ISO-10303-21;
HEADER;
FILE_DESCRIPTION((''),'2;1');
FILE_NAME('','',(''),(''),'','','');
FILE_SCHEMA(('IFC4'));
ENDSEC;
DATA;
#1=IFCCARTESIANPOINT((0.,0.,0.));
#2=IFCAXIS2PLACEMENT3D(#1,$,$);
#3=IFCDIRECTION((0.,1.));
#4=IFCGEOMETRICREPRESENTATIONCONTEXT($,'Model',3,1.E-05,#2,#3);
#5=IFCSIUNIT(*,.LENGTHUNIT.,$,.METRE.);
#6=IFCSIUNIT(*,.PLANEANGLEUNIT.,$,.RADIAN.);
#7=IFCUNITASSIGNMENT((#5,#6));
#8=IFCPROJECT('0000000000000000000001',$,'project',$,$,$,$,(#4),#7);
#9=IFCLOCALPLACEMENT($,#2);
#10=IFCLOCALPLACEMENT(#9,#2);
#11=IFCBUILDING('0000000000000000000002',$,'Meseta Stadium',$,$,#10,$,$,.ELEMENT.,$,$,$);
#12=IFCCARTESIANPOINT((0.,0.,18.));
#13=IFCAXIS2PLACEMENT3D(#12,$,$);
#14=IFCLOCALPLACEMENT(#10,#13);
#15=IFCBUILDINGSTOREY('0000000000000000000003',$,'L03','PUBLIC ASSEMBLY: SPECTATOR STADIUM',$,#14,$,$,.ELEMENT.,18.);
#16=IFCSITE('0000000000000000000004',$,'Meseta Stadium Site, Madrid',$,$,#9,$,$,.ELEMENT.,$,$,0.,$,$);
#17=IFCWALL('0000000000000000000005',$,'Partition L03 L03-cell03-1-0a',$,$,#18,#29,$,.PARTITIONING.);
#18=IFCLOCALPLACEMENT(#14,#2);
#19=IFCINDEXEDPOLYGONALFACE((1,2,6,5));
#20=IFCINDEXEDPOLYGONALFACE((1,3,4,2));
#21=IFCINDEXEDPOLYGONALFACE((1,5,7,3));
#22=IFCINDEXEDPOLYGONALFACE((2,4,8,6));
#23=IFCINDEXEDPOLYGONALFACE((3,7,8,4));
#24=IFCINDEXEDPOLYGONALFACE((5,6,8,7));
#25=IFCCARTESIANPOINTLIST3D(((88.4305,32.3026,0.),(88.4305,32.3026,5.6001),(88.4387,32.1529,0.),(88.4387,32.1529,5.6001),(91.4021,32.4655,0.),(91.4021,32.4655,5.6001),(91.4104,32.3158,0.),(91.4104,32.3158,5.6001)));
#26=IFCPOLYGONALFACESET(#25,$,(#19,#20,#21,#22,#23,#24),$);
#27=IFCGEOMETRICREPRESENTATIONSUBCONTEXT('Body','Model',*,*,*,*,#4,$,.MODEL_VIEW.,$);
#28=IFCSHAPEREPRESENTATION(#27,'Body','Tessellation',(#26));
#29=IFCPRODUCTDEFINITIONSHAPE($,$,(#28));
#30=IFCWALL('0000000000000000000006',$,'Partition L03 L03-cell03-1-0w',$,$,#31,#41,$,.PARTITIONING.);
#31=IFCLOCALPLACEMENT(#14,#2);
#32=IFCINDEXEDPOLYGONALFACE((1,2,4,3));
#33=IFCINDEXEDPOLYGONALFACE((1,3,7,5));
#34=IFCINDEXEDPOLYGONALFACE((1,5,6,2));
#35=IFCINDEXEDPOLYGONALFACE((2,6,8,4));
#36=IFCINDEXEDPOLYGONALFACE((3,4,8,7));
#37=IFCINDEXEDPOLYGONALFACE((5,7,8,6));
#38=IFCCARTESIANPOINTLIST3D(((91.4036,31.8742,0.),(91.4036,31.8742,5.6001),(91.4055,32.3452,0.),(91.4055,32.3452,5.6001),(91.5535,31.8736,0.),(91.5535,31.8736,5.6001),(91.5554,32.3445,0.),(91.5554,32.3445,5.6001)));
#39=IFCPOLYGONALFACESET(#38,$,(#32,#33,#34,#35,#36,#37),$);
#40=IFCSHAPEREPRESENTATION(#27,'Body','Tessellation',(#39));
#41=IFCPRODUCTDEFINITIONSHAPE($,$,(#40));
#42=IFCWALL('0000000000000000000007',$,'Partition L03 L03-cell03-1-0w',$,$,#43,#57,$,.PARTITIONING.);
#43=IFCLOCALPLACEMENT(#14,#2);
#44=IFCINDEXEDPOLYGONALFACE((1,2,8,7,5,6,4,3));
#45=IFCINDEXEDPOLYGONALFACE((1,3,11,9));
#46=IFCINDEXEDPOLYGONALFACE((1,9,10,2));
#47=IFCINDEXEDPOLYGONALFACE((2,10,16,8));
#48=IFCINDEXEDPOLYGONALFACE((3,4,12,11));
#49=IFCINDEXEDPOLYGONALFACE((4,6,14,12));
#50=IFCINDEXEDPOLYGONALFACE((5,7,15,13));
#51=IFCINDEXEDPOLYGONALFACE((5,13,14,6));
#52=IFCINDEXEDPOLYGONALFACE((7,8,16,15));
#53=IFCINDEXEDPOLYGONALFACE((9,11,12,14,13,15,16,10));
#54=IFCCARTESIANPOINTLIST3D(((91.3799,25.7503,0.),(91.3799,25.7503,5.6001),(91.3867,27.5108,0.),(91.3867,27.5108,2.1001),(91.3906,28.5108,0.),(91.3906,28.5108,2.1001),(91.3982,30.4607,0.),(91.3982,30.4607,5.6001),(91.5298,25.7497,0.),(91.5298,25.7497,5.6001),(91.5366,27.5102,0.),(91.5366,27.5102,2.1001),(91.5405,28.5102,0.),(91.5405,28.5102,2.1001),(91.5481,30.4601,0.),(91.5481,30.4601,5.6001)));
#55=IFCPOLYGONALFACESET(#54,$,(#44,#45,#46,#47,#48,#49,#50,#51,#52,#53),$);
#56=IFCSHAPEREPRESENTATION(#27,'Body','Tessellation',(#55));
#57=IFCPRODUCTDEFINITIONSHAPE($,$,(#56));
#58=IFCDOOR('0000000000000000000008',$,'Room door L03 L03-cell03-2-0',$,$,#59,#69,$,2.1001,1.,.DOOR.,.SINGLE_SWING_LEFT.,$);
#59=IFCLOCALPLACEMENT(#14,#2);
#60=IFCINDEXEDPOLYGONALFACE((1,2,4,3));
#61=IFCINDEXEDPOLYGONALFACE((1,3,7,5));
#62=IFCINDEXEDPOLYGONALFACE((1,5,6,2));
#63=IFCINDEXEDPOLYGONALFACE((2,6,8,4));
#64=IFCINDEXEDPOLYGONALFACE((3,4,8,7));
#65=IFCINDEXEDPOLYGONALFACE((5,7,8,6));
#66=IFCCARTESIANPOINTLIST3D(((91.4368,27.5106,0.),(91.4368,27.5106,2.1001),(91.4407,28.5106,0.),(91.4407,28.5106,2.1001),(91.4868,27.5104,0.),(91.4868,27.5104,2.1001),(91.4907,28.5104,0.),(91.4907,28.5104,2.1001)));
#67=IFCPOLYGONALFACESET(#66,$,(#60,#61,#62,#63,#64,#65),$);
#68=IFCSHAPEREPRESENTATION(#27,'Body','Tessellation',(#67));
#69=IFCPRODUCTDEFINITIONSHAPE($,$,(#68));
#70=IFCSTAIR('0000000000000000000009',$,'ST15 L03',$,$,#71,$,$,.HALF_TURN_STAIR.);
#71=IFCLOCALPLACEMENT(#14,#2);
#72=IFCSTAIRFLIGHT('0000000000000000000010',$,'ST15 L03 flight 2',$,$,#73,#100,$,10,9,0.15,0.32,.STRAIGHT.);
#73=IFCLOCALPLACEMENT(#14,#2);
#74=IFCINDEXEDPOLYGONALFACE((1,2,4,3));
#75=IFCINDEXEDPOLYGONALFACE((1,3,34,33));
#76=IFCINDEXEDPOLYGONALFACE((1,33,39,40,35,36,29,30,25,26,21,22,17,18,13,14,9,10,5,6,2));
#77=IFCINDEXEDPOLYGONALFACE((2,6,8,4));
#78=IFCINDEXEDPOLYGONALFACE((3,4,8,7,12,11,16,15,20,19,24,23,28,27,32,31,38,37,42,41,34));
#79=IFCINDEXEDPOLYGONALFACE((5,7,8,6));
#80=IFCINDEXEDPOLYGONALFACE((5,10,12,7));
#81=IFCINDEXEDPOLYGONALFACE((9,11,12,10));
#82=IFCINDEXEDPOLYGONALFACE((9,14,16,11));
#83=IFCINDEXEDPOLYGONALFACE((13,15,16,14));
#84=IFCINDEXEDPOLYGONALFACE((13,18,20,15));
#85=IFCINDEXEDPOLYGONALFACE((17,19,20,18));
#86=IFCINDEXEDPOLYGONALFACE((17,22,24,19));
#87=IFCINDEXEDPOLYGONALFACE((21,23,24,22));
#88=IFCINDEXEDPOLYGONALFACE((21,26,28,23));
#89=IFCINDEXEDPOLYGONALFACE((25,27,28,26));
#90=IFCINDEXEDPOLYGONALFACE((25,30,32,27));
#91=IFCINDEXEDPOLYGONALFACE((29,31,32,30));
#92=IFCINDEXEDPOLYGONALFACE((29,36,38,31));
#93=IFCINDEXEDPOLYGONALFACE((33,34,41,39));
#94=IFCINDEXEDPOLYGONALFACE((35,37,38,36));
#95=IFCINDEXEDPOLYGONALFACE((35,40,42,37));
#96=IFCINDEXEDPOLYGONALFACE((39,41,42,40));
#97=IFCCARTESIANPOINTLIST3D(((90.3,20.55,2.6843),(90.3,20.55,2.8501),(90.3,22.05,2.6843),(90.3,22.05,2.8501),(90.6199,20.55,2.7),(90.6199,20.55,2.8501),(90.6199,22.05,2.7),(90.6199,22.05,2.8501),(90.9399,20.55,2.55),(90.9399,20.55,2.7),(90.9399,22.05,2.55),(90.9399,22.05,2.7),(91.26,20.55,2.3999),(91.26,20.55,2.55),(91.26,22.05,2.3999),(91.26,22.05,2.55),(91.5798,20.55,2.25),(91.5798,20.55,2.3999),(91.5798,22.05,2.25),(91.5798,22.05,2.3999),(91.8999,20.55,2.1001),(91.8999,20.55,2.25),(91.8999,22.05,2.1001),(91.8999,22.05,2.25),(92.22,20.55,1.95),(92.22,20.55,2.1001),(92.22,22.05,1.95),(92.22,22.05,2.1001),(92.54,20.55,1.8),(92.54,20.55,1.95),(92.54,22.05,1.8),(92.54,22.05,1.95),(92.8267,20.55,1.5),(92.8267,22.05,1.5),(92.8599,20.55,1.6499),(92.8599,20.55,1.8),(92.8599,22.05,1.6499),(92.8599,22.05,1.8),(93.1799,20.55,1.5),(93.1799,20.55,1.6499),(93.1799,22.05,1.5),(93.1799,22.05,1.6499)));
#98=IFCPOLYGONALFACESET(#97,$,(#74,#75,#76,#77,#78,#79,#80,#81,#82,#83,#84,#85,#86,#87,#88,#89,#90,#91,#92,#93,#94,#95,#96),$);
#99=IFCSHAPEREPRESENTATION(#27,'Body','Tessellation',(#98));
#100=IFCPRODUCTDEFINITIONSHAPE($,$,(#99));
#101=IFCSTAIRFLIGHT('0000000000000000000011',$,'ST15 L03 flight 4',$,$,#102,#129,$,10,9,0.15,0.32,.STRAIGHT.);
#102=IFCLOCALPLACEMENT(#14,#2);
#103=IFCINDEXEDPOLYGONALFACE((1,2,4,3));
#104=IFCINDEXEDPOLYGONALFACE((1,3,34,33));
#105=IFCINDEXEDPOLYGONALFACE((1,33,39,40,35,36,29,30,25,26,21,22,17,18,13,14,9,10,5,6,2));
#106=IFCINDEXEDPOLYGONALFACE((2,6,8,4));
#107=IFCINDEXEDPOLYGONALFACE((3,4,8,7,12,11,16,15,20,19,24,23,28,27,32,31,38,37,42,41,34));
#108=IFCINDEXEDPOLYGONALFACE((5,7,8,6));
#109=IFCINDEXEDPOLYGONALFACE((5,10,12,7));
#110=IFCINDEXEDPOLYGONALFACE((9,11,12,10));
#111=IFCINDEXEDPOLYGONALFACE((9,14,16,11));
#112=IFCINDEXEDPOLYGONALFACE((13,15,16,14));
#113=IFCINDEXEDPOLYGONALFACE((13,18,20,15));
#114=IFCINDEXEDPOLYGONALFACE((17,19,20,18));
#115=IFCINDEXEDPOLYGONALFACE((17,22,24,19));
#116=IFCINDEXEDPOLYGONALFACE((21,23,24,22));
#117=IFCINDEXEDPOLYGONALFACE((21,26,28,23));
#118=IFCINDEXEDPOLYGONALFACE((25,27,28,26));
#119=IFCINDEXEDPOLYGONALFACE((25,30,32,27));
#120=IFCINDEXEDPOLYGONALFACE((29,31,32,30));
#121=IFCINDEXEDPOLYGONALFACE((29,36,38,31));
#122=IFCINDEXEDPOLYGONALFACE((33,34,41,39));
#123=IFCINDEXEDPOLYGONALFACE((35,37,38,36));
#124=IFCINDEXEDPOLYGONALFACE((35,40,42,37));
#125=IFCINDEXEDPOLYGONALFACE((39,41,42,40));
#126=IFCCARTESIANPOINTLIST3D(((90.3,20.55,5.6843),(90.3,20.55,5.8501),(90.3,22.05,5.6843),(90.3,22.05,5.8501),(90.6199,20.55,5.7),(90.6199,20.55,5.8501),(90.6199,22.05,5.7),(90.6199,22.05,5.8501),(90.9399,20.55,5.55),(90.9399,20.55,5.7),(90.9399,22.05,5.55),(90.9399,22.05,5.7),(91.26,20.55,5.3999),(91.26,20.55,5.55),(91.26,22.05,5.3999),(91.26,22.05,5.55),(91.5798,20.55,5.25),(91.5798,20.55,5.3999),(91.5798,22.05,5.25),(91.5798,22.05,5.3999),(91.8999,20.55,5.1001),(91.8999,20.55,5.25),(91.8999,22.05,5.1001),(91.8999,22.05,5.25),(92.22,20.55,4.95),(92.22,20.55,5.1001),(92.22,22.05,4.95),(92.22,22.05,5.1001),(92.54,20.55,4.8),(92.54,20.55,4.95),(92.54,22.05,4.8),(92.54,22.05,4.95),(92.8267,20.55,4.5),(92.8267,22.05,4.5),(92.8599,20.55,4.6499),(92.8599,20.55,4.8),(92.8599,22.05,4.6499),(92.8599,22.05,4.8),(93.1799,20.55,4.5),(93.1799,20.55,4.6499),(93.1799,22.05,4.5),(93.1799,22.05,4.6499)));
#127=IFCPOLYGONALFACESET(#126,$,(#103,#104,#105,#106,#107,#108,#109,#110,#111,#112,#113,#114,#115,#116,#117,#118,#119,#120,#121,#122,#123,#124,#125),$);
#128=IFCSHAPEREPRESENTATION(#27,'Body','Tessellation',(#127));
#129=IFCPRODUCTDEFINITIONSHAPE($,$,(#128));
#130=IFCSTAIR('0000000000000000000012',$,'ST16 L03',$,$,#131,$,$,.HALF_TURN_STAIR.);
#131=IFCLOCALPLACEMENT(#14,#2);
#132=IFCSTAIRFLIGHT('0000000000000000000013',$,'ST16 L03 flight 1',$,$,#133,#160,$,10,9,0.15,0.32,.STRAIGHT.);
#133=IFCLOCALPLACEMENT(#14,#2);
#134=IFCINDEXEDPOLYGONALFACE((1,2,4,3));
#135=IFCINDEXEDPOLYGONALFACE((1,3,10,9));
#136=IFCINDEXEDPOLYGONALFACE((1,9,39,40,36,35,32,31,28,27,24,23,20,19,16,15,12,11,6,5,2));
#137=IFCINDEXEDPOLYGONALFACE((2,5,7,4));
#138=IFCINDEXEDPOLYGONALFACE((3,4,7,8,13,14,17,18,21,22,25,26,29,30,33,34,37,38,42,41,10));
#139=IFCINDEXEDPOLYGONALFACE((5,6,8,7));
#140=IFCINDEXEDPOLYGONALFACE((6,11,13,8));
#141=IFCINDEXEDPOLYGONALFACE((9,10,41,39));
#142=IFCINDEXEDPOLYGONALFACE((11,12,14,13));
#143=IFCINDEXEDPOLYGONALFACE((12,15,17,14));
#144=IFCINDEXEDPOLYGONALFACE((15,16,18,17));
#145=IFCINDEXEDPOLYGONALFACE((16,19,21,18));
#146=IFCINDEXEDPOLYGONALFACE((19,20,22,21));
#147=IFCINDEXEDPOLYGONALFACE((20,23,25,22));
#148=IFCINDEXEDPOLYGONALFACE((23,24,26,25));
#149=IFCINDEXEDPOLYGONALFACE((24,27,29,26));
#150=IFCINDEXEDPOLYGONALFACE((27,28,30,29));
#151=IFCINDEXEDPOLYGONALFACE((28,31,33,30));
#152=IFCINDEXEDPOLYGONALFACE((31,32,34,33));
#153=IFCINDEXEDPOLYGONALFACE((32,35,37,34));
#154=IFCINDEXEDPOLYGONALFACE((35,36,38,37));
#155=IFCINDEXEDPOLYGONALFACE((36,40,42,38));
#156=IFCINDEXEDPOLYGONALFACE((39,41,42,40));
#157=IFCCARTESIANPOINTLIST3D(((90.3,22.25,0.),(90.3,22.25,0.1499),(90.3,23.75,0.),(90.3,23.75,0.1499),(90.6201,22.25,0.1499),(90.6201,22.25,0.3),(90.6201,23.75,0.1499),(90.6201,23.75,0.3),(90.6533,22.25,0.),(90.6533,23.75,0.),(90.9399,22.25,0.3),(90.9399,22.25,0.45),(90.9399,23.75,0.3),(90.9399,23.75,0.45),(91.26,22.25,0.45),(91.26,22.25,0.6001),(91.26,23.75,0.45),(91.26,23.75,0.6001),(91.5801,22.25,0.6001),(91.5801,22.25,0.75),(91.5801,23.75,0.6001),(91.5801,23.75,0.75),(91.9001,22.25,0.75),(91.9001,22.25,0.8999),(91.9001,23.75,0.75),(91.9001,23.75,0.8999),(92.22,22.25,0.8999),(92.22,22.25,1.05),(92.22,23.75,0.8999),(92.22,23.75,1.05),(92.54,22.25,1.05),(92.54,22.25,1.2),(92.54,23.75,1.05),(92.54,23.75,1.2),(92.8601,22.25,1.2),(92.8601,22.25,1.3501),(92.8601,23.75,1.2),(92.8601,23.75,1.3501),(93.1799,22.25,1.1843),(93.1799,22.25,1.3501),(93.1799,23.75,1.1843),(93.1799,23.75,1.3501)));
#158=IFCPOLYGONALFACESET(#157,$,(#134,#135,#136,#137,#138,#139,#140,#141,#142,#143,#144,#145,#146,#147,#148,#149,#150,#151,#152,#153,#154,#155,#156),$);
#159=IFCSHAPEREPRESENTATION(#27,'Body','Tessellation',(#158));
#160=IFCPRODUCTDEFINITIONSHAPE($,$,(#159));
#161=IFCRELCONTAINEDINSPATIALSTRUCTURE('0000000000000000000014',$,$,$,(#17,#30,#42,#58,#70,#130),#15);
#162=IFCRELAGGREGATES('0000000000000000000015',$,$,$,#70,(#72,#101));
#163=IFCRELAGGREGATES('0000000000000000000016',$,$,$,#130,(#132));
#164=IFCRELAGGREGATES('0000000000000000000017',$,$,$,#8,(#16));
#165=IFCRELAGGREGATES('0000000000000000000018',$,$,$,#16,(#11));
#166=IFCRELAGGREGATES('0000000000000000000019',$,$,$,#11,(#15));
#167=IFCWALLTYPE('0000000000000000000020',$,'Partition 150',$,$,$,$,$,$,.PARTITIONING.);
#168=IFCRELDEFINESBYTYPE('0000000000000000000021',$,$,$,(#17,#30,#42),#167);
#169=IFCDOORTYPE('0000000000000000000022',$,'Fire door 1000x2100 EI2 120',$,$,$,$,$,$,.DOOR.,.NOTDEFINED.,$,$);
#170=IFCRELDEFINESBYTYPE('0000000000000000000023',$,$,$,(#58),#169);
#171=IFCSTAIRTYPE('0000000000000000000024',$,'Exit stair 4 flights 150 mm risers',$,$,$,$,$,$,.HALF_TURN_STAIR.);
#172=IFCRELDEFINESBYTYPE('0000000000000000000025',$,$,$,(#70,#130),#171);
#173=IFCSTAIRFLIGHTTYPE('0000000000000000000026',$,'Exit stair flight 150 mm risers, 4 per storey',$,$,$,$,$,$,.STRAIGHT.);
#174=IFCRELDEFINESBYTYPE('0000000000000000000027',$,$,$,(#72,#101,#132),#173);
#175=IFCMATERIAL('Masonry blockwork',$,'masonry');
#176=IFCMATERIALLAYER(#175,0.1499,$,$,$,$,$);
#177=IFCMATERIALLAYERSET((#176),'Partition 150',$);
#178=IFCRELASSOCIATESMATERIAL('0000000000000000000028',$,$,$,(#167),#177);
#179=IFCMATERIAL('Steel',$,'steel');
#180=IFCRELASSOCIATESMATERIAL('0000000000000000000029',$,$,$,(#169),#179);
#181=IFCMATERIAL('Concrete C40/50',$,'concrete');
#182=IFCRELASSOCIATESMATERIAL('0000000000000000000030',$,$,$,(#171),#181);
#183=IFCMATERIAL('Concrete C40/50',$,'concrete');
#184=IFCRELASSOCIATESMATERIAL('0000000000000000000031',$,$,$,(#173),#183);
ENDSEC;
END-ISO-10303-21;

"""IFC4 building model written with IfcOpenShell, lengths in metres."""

from ifc_helpers import new_model, si_unit, direction, frame, frame_2d, origin, place, context, subcontext, project, spatial, polyline, rectangle, outline, extrude, material, layer, layer_set, type_object, element, fill, aggregate, save


model = new_model("IFC4")

# Units and contexts
model_context = context("Model", 3, precision=1e-05, world=origin(), true_north=direction((0.0, 1.0)))
body_context = subcontext(model_context, "Body", "Model", "MODEL_VIEW")
ifc_project = project(units=[si_unit("LENGTHUNIT", "METRE"), si_unit("PLANEANGLEUNIT", "RADIAN")], contexts=[model_context])

# Site, building, storey
site_placement = place(None, origin())
site = spatial("IfcSite", under=ifc_project, at=site_placement, Name="Meseta Stadium Site, Madrid", CompositionType="ELEMENT", RefElevation=0.0)
building_placement = place(site_placement, origin())
building = spatial("IfcBuilding", under=site, at=building_placement, Name="Meseta Stadium", CompositionType="ELEMENT")
storey_placement = place(building_placement, frame((0.0, 0.0, 18.0)))
storey = spatial("IfcBuildingStorey", under=building, at=storey_placement, Name="L03", Description="PUBLIC ASSEMBLY: SPECTATOR STADIUM", CompositionType="ELEMENT", Elevation=18.0)

# Walls
ifc_material_1 = material(Name="Masonry blockwork", Category="masonry")
ifc_layer = layer(ifc_material_1, 0.1499)
ifc_layer_set = layer_set([ifc_layer], Name="Partition 150")
wall_type = type_object("IfcWallType", Name="Partition 150", PredefinedType="PARTITIONING", material=ifc_layer_set)
wall_1_placement = place(storey_placement, frame((91.4062, 32.3906, 0.0), z_axis=(0.0, 0.0, 1.0), x_axis=(-0.998502, -0.054716, 0.0)))
element("IfcWall", 1, at=wall_1_placement, inside=storey, type_object=wall_type, Name="Partition L03 L03-cell03-1-0a", PredefinedType="PARTITIONING", context=body_context, shape_type="SweptSolid", body=[
    extrude(rectangle(XDim=2.9761, YDim=0.1499, at=frame_2d((1.488, 0.0))), origin(), (0.0, 0.0, 1.0), 5.6001),
])
wall_2_placement = place(storey_placement, frame((91.4805, 32.3447, 0.0), z_axis=(0.0, 0.0, 1.0), x_axis=(-0.004147, -0.999991, 0.0)))
element("IfcWall", 2, at=wall_2_placement, inside=storey, type_object=wall_type, Name="Partition L03 L03-cell03-1-0w", PredefinedType="PARTITIONING", context=body_context, shape_type="SweptSolid", body=[
    extrude(rectangle(XDim=0.4709, YDim=0.1499, at=frame_2d((0.2354, 0.0))), origin(), (0.0, 0.0, 1.0), 5.6001),
])

# Wall, opening, door
wall_3_placement = place(storey_placement, frame((91.4548, 25.75, 0.0), z_axis=(0.0, 0.0, 1.0), x_axis=(0.003887, 0.999992, 0.0)))
wall_3 = element("IfcWall", 3, at=wall_3_placement, inside=storey, type_object=wall_type, Name="Partition L03 L03-cell03-1-0w", PredefinedType="PARTITIONING", context=body_context, shape_type="SweptSolid", body=[
    extrude(rectangle(XDim=4.7104, YDim=0.1499, at=frame_2d((2.3552, 0.0))), origin(), (0.0, 0.0, 1.0), 5.6001),
])
opening_placement = place(wall_3_placement, frame((1.7605, 0.0, 0.0)))
opening = element("IfcOpeningElement", 4, at=opening_placement, cuts=wall_3, PredefinedType="OPENING", context=body_context, shape_type="SweptSolid", body=[
    extrude(rectangle(XDim=1.0, YDim=2.1001, at=frame_2d((0.5, 1.05))), frame((0.0, 0.085, 0.0), z_axis=(0.0, -1.0, 0.0), x_axis=(1.0, 0.0, 0.0)), (0.0, 0.0, 1.0), 0.1699),
])
ifc_material_2 = material(Name="Steel", Category="steel")
door_type = type_object("IfcDoorType", Name="Fire door 1000x2100 EI2 120", OperationType="NOTDEFINED", PredefinedType="DOOR", material=ifc_material_2)
door_placement = place(opening_placement, origin())
door = element("IfcDoor", 5, at=door_placement, inside=storey, type_object=door_type, Name="Room door L03 L03-cell03-2-0", OperationType="SINGLE_SWING_LEFT", OverallHeight=2.1001, OverallWidth=1.0, PredefinedType="DOOR", context=body_context, shape_type="SweptSolid", body=[
    extrude(rectangle(XDim=1.0, YDim=2.1001, at=frame_2d((0.5, 1.05))), frame((0.0, 0.0249, 0.0), z_axis=(0.0, -1.0, 0.0), x_axis=(1.0, 0.0, 0.0)), (0.0, 0.0, 1.0), 0.05),
])
fill(opening, door)

# Stairs, stair flights
ifc_material_3 = material(Name="Concrete C40/50", Category="concrete")
stair_type = type_object("IfcStairType", Name="Exit stair 4 flights 150 mm risers", PredefinedType="HALF_TURN_STAIR", material=ifc_material_3)
stair_1_placement = place(storey_placement, origin())
stair_1 = element("IfcStair", 6, at=stair_1_placement, inside=storey, type_object=stair_type, Name="ST15 L03", PredefinedType="HALF_TURN_STAIR")
ifc_material_4 = material(Name="Concrete C40/50", Category="concrete")
stair_flight_type = type_object("IfcStairFlightType", Name="Exit stair flight 150 mm risers, 4 per storey", PredefinedType="STRAIGHT", material=ifc_material_4)
stair_flight_1_placement = place(storey_placement, frame((93.1799, 21.3, 1.5), z_axis=(0.0, 0.0, 1.0), x_axis=(-1.0, 0.0, 0.0)))
stair_flight_1 = element("IfcStairFlight", 7, at=stair_flight_1_placement, type_object=stair_flight_type, Name="ST15 L03 flight 2", NumberOfRisers=10, NumberOfTreads=9, PredefinedType="STRAIGHT", RiserHeight=0.15, TreadLength=0.32, context=body_context, shape_type="SweptSolid", body=[
    extrude(outline(polyline([(0.0, 0.0), (0.0, 0.1499), (0.3201, 0.1499), (0.3201, 0.3), (0.6399, 0.3), (0.6399, 0.45), (0.96, 0.45), (0.96, 0.6001), (1.28, 0.6001), (1.28, 0.75), (1.6001, 0.75), (1.6001, 0.8999), (1.9199, 0.8999), (1.9199, 1.05), (2.24, 1.05), (2.24, 1.2), (2.5601, 1.2), (2.5601, 1.3501), (2.8799, 1.3501), (2.8799, 1.1843), (0.3533, 0.0), (0.0, 0.0)])), frame((0.0, 0.75, 0.0), z_axis=(0.0, -1.0, 0.0), x_axis=(1.0, 0.0, 0.0)), (0.0, 0.0, 1.0), 1.5),
])
stair_flight_2_placement = place(storey_placement, frame((93.1799, 21.3, 4.5), z_axis=(0.0, 0.0, 1.0), x_axis=(-1.0, 0.0, 0.0)))
stair_flight_2 = element("IfcStairFlight", 8, at=stair_flight_2_placement, type_object=stair_flight_type, Name="ST15 L03 flight 4", NumberOfRisers=10, NumberOfTreads=9, PredefinedType="STRAIGHT", RiserHeight=0.15, TreadLength=0.32, context=body_context, shape_type="SweptSolid", body=[
    extrude(outline(polyline([(0.0, 0.0), (0.0, 0.1499), (0.3201, 0.1499), (0.3201, 0.3), (0.6399, 0.3), (0.6399, 0.45), (0.96, 0.45), (0.96, 0.6001), (1.28, 0.6001), (1.28, 0.75), (1.6001, 0.75), (1.6001, 0.8999), (1.9199, 0.8999), (1.9199, 1.05), (2.24, 1.05), (2.24, 1.2), (2.5601, 1.2), (2.5601, 1.3501), (2.8799, 1.3501), (2.8799, 1.1843), (0.3533, 0.0), (0.0, 0.0)])), frame((0.0, 0.75, 0.0), z_axis=(0.0, -1.0, 0.0), x_axis=(1.0, 0.0, 0.0)), (0.0, 0.0, 1.0), 1.5),
])
aggregate(stair_1, [stair_flight_1, stair_flight_2])
stair_2_placement = place(storey_placement, origin())
stair_2 = element("IfcStair", 9, at=stair_2_placement, inside=storey, type_object=stair_type, Name="ST16 L03", PredefinedType="HALF_TURN_STAIR")
stair_flight_3_placement = place(storey_placement, frame((90.3, 23.0, 0.0), z_axis=(0.0, 0.0, 1.0), x_axis=(1.0, 0.0, 0.0)))
stair_flight_3 = element("IfcStairFlight", 10, at=stair_flight_3_placement, type_object=stair_flight_type, Name="ST16 L03 flight 1", NumberOfRisers=10, NumberOfTreads=9, PredefinedType="STRAIGHT", RiserHeight=0.15, TreadLength=0.32, context=body_context, shape_type="SweptSolid", body=[
    extrude(outline(polyline([(0.0, 0.0), (0.0, 0.1499), (0.3201, 0.1499), (0.3201, 0.3), (0.6399, 0.3), (0.6399, 0.45), (0.96, 0.45), (0.96, 0.6001), (1.28, 0.6001), (1.28, 0.75), (1.6001, 0.75), (1.6001, 0.8999), (1.9199, 0.8999), (1.9199, 1.05), (2.24, 1.05), (2.24, 1.2), (2.5601, 1.2), (2.5601, 1.3501), (2.8799, 1.3501), (2.8799, 1.1843), (0.3533, 0.0), (0.0, 0.0)])), frame((0.0, 0.75, 0.0), z_axis=(0.0, -1.0, 0.0), x_axis=(1.0, 0.0, 0.0)), (0.0, 0.0, 1.0), 1.5),
])
aggregate(stair_2, [stair_flight_3])

save(model, "model.ifc")
